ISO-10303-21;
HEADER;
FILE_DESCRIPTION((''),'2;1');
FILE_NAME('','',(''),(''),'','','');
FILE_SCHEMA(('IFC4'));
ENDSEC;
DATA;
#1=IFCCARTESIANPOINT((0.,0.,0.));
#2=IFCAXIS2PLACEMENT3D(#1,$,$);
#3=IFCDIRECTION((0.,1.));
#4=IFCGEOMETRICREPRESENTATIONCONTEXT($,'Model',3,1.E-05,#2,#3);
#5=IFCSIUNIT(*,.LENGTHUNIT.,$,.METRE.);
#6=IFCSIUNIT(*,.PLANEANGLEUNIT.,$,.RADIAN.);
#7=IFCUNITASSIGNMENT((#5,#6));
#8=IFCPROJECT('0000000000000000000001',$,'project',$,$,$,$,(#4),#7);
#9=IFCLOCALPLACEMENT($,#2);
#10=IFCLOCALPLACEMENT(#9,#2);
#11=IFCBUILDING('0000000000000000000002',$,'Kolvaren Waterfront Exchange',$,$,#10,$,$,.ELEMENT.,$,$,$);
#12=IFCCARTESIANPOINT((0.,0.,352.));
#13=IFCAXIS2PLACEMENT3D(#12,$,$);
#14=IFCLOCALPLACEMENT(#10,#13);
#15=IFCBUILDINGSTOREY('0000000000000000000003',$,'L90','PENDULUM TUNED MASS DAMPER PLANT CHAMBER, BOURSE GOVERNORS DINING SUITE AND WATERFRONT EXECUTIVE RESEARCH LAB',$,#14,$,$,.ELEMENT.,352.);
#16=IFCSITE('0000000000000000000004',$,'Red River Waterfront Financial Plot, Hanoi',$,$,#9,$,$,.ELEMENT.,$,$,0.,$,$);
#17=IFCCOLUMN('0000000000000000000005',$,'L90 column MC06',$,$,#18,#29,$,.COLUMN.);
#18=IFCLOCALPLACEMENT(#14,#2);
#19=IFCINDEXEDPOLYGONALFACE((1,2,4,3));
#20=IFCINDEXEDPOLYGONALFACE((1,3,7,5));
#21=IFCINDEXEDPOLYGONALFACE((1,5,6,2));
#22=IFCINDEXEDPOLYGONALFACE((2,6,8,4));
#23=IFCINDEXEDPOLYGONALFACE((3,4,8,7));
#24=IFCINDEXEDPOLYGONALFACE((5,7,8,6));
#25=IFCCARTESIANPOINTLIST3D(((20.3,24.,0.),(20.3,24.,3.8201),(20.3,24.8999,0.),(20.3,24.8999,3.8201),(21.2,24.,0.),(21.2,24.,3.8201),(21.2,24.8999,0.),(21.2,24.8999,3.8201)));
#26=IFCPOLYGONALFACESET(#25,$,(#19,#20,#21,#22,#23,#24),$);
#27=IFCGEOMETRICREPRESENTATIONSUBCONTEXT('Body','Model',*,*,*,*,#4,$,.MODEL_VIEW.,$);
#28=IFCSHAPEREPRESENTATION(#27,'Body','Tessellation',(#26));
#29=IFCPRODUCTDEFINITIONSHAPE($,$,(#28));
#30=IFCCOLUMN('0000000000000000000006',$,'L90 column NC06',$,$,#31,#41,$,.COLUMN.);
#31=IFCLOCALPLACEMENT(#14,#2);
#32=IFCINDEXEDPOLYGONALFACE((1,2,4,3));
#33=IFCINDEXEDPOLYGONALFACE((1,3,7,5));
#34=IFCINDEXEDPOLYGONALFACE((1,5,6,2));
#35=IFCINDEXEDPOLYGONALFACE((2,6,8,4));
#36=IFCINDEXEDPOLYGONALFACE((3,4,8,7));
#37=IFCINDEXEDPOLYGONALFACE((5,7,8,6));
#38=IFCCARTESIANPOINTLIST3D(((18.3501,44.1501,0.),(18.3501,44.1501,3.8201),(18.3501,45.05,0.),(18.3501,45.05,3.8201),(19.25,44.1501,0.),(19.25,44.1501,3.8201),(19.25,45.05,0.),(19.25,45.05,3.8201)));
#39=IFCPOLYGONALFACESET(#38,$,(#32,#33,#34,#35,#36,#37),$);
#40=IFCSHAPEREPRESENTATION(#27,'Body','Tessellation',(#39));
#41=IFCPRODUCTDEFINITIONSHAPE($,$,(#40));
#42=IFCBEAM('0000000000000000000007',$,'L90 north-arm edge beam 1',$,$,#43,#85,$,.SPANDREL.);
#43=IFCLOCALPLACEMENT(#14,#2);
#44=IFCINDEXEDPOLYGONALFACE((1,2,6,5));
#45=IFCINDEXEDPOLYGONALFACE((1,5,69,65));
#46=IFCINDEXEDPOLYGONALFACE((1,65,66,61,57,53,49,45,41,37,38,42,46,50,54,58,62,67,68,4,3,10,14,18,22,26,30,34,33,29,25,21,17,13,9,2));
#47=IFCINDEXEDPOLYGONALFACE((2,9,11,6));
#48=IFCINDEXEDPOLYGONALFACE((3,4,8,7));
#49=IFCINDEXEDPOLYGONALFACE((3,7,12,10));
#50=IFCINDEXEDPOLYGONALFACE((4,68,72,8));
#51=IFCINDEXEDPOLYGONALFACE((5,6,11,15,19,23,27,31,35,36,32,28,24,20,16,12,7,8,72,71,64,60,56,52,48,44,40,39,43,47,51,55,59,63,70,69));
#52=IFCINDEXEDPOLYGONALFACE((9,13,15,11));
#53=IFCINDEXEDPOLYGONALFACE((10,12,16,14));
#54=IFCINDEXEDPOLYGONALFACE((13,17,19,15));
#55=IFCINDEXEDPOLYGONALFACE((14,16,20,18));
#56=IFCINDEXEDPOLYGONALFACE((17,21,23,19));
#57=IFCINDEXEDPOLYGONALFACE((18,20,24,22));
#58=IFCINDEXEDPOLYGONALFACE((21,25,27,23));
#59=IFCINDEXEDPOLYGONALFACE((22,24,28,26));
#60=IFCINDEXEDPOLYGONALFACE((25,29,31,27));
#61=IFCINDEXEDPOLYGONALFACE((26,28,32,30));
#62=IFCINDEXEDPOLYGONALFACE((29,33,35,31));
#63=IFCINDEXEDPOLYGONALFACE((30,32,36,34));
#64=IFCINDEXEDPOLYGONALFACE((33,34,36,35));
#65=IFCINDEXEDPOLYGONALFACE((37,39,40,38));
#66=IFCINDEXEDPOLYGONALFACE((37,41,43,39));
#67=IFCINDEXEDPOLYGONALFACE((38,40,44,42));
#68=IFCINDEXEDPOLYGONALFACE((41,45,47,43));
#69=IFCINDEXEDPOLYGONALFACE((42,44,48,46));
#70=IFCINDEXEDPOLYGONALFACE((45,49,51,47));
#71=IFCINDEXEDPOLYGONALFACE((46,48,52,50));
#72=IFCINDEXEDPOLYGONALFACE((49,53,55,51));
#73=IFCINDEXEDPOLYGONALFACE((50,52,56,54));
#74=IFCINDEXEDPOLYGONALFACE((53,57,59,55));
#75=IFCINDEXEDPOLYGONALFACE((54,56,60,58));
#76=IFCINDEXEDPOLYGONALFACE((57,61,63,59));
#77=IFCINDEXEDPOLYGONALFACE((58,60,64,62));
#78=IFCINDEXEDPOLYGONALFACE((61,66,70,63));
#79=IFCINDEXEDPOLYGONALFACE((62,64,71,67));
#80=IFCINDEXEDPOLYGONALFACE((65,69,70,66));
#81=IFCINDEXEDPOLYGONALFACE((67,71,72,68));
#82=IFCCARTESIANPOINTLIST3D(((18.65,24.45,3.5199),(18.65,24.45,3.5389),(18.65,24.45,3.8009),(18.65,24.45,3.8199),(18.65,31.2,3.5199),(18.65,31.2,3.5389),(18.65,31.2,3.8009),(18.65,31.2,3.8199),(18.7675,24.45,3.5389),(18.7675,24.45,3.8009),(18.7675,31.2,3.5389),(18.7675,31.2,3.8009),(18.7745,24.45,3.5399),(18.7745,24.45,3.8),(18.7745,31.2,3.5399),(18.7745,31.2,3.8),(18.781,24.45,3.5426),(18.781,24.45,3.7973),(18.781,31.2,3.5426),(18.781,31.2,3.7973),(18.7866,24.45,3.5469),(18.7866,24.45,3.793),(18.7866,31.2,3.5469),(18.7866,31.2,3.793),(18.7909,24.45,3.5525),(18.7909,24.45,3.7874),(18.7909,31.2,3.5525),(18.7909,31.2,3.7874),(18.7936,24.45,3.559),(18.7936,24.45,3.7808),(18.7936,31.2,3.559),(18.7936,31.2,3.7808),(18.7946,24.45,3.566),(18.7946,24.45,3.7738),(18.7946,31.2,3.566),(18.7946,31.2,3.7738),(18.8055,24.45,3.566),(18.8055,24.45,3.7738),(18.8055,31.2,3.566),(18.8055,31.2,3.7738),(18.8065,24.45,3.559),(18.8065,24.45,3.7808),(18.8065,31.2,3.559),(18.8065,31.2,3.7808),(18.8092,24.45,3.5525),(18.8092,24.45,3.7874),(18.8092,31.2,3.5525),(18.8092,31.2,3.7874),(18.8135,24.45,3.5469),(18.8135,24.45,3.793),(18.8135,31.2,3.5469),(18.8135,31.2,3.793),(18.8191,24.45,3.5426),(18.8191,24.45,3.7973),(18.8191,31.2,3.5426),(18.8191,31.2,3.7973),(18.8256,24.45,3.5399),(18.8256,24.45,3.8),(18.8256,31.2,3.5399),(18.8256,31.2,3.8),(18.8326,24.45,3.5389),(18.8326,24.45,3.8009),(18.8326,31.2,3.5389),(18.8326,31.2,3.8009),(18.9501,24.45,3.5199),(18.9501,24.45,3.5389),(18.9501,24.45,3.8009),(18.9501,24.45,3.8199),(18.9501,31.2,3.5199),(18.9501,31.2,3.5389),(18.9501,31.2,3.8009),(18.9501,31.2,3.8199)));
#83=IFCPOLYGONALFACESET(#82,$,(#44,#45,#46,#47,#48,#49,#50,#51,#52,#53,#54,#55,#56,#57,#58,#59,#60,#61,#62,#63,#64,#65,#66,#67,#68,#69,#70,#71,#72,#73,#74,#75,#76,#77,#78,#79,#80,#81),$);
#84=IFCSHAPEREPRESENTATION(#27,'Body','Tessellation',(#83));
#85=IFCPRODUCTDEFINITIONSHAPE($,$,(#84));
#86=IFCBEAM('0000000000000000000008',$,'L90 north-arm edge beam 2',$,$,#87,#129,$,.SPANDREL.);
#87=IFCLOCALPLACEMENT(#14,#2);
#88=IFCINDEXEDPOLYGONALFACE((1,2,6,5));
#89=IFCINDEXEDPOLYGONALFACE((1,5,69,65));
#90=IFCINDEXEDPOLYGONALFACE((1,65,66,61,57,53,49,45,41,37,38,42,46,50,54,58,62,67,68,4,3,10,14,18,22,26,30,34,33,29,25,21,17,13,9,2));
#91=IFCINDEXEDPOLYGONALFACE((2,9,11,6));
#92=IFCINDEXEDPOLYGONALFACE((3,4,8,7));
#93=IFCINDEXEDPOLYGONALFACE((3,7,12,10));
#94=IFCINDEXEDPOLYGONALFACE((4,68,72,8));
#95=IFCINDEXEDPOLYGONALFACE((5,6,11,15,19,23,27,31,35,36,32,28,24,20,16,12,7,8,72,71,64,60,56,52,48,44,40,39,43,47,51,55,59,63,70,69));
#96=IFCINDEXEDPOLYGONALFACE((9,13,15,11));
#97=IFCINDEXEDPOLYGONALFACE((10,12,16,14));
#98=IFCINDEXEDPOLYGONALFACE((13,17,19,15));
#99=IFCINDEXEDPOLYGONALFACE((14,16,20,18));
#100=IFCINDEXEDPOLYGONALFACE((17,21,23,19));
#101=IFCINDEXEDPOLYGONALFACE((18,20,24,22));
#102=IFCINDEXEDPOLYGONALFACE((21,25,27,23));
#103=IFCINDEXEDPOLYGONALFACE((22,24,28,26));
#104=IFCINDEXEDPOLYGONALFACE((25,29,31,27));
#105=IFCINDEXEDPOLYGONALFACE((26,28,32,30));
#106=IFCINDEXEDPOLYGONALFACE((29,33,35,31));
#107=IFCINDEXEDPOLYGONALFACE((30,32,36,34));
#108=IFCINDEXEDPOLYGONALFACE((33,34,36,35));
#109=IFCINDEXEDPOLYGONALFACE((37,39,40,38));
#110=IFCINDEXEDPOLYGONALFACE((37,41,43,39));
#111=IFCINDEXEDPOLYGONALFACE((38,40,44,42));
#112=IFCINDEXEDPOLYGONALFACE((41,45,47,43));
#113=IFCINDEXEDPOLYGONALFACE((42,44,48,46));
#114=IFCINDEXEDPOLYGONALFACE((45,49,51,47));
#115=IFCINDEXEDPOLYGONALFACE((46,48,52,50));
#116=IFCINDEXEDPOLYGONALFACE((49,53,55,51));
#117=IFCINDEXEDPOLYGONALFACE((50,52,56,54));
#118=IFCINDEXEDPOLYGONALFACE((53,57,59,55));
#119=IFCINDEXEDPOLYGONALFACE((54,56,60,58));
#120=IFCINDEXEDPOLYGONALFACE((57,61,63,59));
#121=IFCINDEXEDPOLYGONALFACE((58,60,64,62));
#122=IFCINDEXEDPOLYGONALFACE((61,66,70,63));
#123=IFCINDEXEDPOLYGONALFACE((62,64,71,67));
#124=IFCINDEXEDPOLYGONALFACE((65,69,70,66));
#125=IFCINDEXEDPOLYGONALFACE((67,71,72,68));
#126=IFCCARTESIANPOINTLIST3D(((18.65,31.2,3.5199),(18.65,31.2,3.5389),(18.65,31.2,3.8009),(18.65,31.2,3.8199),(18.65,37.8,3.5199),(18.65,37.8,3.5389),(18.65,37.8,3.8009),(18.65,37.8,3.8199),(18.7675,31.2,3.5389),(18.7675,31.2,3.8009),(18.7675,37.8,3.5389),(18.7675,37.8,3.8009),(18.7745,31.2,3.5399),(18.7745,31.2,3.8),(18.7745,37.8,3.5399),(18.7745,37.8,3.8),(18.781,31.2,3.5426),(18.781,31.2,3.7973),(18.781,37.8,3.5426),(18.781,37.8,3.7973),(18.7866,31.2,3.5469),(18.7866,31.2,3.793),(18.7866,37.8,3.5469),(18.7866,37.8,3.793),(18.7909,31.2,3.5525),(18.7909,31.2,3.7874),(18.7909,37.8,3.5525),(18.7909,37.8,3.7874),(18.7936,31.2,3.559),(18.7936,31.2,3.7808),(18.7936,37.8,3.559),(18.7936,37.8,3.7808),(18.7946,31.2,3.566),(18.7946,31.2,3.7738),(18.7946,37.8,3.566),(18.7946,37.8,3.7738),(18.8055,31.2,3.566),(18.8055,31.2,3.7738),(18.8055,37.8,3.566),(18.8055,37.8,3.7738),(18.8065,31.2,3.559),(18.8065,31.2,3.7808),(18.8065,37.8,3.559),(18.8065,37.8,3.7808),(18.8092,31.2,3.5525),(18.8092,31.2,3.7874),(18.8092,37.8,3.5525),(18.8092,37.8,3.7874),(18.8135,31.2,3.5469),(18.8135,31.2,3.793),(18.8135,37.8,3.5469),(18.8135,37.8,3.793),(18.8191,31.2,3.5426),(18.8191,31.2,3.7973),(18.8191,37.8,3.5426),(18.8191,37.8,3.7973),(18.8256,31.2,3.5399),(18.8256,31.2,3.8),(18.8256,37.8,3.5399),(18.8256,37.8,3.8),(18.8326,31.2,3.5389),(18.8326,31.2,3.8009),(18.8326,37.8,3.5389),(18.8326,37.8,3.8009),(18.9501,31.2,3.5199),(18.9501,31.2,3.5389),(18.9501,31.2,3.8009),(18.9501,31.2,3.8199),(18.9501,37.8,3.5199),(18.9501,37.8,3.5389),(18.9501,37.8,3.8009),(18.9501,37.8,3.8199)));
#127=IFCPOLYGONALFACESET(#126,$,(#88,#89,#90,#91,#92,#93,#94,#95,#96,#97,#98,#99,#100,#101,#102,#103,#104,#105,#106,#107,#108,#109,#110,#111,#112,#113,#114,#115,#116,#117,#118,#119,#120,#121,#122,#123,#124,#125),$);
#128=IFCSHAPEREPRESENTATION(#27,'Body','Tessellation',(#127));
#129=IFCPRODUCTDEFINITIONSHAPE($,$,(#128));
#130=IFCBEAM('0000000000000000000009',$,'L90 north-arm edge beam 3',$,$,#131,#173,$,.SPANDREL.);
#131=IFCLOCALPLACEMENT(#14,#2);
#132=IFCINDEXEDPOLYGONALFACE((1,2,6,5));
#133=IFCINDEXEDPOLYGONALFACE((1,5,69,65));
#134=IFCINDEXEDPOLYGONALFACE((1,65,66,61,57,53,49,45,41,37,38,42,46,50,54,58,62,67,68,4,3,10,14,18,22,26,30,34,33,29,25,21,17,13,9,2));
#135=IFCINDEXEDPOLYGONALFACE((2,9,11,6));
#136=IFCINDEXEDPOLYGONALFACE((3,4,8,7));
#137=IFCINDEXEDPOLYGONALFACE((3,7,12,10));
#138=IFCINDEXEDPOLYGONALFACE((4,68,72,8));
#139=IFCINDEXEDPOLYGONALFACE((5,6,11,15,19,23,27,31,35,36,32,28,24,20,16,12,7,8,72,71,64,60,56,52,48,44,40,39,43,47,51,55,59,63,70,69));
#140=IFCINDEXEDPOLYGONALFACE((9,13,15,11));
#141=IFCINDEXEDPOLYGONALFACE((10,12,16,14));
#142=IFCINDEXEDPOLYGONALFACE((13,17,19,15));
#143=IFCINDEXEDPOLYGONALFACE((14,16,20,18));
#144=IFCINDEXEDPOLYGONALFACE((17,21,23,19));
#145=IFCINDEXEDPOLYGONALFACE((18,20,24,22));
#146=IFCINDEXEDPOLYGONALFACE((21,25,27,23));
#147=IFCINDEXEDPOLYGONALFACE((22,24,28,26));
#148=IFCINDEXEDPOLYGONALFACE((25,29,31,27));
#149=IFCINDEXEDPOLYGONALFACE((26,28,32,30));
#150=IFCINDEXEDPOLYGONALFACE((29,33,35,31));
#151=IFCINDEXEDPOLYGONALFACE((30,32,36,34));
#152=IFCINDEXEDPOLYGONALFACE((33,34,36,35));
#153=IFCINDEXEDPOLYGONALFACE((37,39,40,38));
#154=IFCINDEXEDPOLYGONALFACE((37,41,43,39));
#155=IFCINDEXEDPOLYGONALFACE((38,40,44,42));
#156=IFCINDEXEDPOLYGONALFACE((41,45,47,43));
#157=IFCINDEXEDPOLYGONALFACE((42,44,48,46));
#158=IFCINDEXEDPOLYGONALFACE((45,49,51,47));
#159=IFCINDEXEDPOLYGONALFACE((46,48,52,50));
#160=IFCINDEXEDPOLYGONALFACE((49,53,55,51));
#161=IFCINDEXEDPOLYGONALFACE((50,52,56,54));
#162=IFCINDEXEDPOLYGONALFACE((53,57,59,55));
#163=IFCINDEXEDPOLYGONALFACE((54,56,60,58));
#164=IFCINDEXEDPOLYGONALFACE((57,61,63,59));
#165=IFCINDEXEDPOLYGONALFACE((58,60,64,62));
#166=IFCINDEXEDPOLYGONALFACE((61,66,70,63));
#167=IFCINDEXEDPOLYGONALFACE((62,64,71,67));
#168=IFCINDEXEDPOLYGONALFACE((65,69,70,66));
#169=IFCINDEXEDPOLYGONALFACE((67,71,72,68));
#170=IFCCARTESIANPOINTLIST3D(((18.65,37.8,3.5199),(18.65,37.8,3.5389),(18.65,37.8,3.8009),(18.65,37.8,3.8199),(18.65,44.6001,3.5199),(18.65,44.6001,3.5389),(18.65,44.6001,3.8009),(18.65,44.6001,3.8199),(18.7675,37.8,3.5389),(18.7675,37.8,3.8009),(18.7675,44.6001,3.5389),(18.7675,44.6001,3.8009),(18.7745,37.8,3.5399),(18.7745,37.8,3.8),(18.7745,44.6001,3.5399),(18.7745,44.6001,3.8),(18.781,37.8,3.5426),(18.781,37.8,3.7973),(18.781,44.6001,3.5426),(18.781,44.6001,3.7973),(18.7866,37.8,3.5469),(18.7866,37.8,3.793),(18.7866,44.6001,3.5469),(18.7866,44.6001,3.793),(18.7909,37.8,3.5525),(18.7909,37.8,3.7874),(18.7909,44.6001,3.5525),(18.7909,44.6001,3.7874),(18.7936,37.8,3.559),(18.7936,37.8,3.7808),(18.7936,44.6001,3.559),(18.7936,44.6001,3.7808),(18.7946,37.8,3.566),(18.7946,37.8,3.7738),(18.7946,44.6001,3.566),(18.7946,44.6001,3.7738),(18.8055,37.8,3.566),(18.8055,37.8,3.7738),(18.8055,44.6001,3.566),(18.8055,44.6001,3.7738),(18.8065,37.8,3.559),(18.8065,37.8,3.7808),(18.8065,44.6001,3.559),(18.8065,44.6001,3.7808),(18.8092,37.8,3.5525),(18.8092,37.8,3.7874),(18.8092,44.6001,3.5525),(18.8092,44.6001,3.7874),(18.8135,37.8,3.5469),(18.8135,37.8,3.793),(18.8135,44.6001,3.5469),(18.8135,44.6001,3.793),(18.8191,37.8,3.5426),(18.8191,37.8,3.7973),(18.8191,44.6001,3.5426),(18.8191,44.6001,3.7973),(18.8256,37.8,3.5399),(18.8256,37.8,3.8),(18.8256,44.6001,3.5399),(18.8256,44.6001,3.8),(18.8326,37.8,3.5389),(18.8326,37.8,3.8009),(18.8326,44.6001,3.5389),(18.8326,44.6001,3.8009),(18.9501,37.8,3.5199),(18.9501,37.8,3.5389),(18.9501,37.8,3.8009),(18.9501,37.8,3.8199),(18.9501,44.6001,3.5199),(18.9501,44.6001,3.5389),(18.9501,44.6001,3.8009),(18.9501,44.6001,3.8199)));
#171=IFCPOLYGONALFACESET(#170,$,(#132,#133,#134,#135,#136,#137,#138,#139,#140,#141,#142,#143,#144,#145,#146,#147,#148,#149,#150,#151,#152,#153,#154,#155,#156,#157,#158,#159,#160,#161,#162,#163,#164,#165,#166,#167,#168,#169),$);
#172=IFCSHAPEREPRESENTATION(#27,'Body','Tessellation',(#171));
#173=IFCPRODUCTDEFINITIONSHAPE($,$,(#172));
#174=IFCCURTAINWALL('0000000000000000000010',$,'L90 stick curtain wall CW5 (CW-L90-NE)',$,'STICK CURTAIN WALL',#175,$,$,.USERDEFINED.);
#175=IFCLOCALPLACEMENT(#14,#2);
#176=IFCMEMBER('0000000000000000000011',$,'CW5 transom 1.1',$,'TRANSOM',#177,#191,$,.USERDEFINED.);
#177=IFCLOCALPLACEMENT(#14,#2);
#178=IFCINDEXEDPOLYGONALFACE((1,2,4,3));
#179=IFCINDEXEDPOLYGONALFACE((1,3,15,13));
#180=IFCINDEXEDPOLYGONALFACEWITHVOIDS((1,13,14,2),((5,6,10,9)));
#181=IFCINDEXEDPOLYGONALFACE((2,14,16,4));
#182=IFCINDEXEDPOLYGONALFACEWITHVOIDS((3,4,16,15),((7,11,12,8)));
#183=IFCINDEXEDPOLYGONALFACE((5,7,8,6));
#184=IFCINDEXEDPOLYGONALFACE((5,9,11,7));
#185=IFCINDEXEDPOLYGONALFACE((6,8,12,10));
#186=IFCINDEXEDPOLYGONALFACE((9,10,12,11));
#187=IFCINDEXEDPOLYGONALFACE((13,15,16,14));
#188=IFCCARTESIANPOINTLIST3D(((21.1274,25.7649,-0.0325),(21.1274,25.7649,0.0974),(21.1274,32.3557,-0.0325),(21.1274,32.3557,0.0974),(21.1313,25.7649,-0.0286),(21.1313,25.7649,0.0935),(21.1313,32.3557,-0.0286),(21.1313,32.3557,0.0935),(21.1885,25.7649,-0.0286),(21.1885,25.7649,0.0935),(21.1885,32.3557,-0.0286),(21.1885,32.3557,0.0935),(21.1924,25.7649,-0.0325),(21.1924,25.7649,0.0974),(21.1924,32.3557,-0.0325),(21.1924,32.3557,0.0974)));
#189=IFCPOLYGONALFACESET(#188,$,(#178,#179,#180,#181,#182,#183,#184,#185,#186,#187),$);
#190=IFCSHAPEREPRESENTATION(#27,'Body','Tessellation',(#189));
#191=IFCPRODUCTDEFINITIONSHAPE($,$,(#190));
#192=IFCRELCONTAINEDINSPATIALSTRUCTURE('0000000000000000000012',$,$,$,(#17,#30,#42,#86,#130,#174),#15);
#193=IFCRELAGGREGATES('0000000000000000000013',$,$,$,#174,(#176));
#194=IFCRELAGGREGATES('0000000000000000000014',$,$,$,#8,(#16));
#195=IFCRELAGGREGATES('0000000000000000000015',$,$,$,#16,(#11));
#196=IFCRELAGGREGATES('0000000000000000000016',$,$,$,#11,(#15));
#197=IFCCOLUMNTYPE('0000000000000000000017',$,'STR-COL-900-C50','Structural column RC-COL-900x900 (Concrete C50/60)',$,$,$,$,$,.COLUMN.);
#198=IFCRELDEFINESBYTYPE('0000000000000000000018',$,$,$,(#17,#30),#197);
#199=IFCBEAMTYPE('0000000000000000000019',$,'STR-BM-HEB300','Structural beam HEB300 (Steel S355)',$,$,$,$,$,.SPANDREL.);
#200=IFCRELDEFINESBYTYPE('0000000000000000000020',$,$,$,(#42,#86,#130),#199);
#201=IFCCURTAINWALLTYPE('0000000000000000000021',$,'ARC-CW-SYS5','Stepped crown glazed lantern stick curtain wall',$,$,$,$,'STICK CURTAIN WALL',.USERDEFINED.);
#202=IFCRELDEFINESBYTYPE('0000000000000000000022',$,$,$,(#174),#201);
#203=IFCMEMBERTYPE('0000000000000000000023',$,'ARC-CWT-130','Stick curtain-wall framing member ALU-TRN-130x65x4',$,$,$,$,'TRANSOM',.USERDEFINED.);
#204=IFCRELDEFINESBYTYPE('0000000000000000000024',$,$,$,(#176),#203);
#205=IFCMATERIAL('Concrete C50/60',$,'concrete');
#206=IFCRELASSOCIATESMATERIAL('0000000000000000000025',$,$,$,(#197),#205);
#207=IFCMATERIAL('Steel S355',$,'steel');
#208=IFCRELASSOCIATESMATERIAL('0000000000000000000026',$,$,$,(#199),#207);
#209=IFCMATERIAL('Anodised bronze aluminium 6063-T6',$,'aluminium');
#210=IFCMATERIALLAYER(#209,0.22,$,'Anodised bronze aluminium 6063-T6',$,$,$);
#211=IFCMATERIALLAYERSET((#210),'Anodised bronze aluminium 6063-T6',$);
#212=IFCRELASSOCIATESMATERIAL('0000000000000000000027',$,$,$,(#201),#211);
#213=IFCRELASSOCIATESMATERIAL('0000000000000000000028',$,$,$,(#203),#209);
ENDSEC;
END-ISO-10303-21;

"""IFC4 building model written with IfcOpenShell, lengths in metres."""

from ifc_helpers import new_model, si_unit, direction, frame, origin, origin_with_axes, origin_2d, place, context, subcontext, project, spatial, rectangle, hollow_rectangle, i_section, extrude, source, transform, mapped, material, layer, layer_set, material_profile, profile_set, type_object, element, aggregate, save


model = new_model("IFC4")

# Units and contexts
model_context = context("Model", 3, precision=1e-05, world=origin(), true_north=direction((0.0, 1.0)))
body_context = subcontext(model_context, "Body", "Model", "MODEL_VIEW")
ifc_project = project(units=[si_unit("LENGTHUNIT", "METRE"), si_unit("PLANEANGLEUNIT", "RADIAN")], contexts=[model_context])

# Site, building, storey
site_placement = place(None, origin())
site = spatial("IfcSite", under=ifc_project, at=site_placement, Name="Red River Waterfront Financial Plot, Hanoi", CompositionType="ELEMENT", RefElevation=0.0)
building_placement = place(site_placement, origin())
building = spatial("IfcBuilding", under=site, at=building_placement, Name="Kolvaren Waterfront Exchange", CompositionType="ELEMENT")
storey_placement = place(building_placement, frame((0.0, 0.0, 352.0)))
storey = spatial("IfcBuildingStorey", under=building, at=storey_placement, Name="L90", Description="PENDULUM TUNED MASS DAMPER PLANT CHAMBER, BOURSE GOVERNORS DINING SUITE AND WATERFRONT EXECUTIVE RESEARCH LAB", CompositionType="ELEMENT", Elevation=352.0)

# Columns
ifc_material_1 = material(Name="Concrete C50/60", Category="concrete")
ifc_material_profile_1 = material_profile(ifc_material_1, rectangle(XDim=0.8999, YDim=0.8999, at=origin_2d()), Name="RC-COL-900x900")
ifc_profile_set_1 = profile_set([ifc_material_profile_1], Name="Concrete C50/60")
column_type = type_object("IfcColumnType", Name="STR-COL-900-C50", Description="Structural column RC-COL-900x900 (Concrete C50/60)", PredefinedType="COLUMN", material=ifc_profile_set_1)
for number, where, z_axis, x_axis, name in (
    (1, (20.75, 24.45, 0.0), (0.0, 0.0, 1.0), (1.0, 0.0, 0.0), "L90 column MC06"),
    (2, (18.8, 44.6001, 0.0), (0.0, 0.0, 1.0), (1.0, 0.0, 0.0), "L90 column NC06"),
):
    element("IfcColumn", number, at=place(storey_placement, frame(where, z_axis=z_axis, x_axis=x_axis)), inside=storey, type_object=column_type, Name=name, PredefinedType="COLUMN", context=body_context, shape_type="SweptSolid", body=[
        extrude(rectangle(XDim=0.8999, YDim=0.8999, at=origin_2d()), origin(), (0.0, 0.0, 1.0), 3.8201),
    ])

# Beams
ifc_material_2 = material(Name="Steel S355", Category="steel")
ifc_material_profile_2 = material_profile(ifc_material_2, i_section(OverallWidth=0.3, OverallDepth=0.3, WebThickness=0.011, FlangeThickness=0.019, FilletRadius=0.0271, at=origin_2d()), Name="HEB300")
ifc_profile_set_2 = profile_set([ifc_material_profile_2], Name="Steel S355")
beam_type = type_object("IfcBeamType", Name="STR-BM-HEB300", Description="Structural beam HEB300 (Steel S355)", PredefinedType="SPANDREL", material=ifc_profile_set_2)
beam_1_placement = place(storey_placement, frame((18.8, 24.45, 3.6699), z_axis=(0.0, 1.0, 0.0), x_axis=(-1.0, 0.0, 0.0)))
element("IfcBeam", 3, at=beam_1_placement, inside=storey, type_object=beam_type, Name="L90 north-arm edge beam 1", PredefinedType="SPANDREL", context=body_context, shape_type="SweptSolid", body=[
    extrude(i_section(OverallWidth=0.3, OverallDepth=0.3, WebThickness=0.011, FlangeThickness=0.019, FilletRadius=0.0271, at=origin_2d()), origin(), (0.0, 0.0, 1.0), 6.75),
])
beam_2_placement = place(storey_placement, frame((18.8, 31.2, 3.6699), z_axis=(0.0, 1.0, 0.0), x_axis=(-1.0, 0.0, 0.0)))
element("IfcBeam", 4, at=beam_2_placement, inside=storey, type_object=beam_type, Name="L90 north-arm edge beam 2", PredefinedType="SPANDREL", context=body_context, shape_type="SweptSolid", body=[
    extrude(i_section(OverallWidth=0.3, OverallDepth=0.3, WebThickness=0.011, FlangeThickness=0.019, FilletRadius=0.0271, at=origin_2d()), origin(), (0.0, 0.0, 1.0), 6.6001),
])
beam_3_placement = place(storey_placement, frame((18.8, 37.8, 3.6699), z_axis=(0.0, 1.0, 0.0), x_axis=(-1.0, 0.0, 0.0)))
element("IfcBeam", 5, at=beam_3_placement, inside=storey, type_object=beam_type, Name="L90 north-arm edge beam 3", PredefinedType="SPANDREL", context=body_context, shape_type="SweptSolid", body=[
    extrude(i_section(OverallWidth=0.3, OverallDepth=0.3, WebThickness=0.011, FlangeThickness=0.019, FilletRadius=0.0271, at=origin_2d()), origin(), (0.0, 0.0, 1.0), 6.8),
])

# Curtain wall, member
ifc_material_3 = material(Name="Anodised bronze aluminium 6063-T6", Category="aluminium")
ifc_layer_1 = layer(ifc_material_3, 0.22, Name="Anodised bronze aluminium 6063-T6")
ifc_layer_set_1 = layer_set([ifc_layer_1], Name="Anodised bronze aluminium 6063-T6")
curtain_wall_type = type_object("IfcCurtainWallType", Name="ARC-CW-SYS5", Description="Stepped crown glazed lantern stick curtain wall", ElementType="STICK CURTAIN WALL", PredefinedType="USERDEFINED", material=ifc_layer_set_1)
curtain_wall_1_placement = place(storey_placement, origin())
curtain_wall_1 = element("IfcCurtainWall", 6, at=curtain_wall_1_placement, inside=storey, type_object=curtain_wall_type, Name="L90 stick curtain wall CW5 (CW-L90-NE)", ObjectType="STICK CURTAIN WALL", PredefinedType="USERDEFINED")
ifc_material_profile_3 = material_profile(ifc_material_3, hollow_rectangle(XDim=0.0649, YDim=0.1299, WallThickness=0.0039, at=origin_2d()), Name="ALU-TRN-130x65x4")
ifc_profile_set_3 = profile_set([ifc_material_profile_3], Name="Anodised bronze aluminium 6063-T6")
member_type_1 = type_object("IfcMemberType", Name="ARC-CWT-130", Description="Stick curtain-wall framing member ALU-TRN-130x65x4", ElementType="TRANSOM", PredefinedType="USERDEFINED", material=ifc_profile_set_3)
shared_shape_1 = source(origin_with_axes(), body_context, "Body", "SweptSolid", [
    extrude(hollow_rectangle(XDim=0.0649, YDim=0.1299, WallThickness=0.0039, at=origin_2d()), origin(), (0.0, 0.0, 1.0), 6.5908),
])
member_1_placement = place(storey_placement, frame((21.1599, 25.7649, 0.0325), z_axis=(0.0, 1.0, 0.0), x_axis=(-1.0, 0.0, 0.0)))
member_1 = element("IfcMember", 7, at=member_1_placement, type_object=member_type_1, Name="CW5 transom 1.1", ObjectType="TRANSOM", PredefinedType="USERDEFINED", context=body_context, shape_type="MappedRepresentation", body=[
    mapped(shared_shape_1, transform((0.0, 0.0, 0.0), x_axis=(1.0, 0.0, 0.0), y_axis=(0.0, 1.0, 0.0), z_axis=(0.0, 0.0, 1.0), scale=1.0)),
])

aggregate(curtain_wall_1, [member_1])

save(model, "model.ifc")
